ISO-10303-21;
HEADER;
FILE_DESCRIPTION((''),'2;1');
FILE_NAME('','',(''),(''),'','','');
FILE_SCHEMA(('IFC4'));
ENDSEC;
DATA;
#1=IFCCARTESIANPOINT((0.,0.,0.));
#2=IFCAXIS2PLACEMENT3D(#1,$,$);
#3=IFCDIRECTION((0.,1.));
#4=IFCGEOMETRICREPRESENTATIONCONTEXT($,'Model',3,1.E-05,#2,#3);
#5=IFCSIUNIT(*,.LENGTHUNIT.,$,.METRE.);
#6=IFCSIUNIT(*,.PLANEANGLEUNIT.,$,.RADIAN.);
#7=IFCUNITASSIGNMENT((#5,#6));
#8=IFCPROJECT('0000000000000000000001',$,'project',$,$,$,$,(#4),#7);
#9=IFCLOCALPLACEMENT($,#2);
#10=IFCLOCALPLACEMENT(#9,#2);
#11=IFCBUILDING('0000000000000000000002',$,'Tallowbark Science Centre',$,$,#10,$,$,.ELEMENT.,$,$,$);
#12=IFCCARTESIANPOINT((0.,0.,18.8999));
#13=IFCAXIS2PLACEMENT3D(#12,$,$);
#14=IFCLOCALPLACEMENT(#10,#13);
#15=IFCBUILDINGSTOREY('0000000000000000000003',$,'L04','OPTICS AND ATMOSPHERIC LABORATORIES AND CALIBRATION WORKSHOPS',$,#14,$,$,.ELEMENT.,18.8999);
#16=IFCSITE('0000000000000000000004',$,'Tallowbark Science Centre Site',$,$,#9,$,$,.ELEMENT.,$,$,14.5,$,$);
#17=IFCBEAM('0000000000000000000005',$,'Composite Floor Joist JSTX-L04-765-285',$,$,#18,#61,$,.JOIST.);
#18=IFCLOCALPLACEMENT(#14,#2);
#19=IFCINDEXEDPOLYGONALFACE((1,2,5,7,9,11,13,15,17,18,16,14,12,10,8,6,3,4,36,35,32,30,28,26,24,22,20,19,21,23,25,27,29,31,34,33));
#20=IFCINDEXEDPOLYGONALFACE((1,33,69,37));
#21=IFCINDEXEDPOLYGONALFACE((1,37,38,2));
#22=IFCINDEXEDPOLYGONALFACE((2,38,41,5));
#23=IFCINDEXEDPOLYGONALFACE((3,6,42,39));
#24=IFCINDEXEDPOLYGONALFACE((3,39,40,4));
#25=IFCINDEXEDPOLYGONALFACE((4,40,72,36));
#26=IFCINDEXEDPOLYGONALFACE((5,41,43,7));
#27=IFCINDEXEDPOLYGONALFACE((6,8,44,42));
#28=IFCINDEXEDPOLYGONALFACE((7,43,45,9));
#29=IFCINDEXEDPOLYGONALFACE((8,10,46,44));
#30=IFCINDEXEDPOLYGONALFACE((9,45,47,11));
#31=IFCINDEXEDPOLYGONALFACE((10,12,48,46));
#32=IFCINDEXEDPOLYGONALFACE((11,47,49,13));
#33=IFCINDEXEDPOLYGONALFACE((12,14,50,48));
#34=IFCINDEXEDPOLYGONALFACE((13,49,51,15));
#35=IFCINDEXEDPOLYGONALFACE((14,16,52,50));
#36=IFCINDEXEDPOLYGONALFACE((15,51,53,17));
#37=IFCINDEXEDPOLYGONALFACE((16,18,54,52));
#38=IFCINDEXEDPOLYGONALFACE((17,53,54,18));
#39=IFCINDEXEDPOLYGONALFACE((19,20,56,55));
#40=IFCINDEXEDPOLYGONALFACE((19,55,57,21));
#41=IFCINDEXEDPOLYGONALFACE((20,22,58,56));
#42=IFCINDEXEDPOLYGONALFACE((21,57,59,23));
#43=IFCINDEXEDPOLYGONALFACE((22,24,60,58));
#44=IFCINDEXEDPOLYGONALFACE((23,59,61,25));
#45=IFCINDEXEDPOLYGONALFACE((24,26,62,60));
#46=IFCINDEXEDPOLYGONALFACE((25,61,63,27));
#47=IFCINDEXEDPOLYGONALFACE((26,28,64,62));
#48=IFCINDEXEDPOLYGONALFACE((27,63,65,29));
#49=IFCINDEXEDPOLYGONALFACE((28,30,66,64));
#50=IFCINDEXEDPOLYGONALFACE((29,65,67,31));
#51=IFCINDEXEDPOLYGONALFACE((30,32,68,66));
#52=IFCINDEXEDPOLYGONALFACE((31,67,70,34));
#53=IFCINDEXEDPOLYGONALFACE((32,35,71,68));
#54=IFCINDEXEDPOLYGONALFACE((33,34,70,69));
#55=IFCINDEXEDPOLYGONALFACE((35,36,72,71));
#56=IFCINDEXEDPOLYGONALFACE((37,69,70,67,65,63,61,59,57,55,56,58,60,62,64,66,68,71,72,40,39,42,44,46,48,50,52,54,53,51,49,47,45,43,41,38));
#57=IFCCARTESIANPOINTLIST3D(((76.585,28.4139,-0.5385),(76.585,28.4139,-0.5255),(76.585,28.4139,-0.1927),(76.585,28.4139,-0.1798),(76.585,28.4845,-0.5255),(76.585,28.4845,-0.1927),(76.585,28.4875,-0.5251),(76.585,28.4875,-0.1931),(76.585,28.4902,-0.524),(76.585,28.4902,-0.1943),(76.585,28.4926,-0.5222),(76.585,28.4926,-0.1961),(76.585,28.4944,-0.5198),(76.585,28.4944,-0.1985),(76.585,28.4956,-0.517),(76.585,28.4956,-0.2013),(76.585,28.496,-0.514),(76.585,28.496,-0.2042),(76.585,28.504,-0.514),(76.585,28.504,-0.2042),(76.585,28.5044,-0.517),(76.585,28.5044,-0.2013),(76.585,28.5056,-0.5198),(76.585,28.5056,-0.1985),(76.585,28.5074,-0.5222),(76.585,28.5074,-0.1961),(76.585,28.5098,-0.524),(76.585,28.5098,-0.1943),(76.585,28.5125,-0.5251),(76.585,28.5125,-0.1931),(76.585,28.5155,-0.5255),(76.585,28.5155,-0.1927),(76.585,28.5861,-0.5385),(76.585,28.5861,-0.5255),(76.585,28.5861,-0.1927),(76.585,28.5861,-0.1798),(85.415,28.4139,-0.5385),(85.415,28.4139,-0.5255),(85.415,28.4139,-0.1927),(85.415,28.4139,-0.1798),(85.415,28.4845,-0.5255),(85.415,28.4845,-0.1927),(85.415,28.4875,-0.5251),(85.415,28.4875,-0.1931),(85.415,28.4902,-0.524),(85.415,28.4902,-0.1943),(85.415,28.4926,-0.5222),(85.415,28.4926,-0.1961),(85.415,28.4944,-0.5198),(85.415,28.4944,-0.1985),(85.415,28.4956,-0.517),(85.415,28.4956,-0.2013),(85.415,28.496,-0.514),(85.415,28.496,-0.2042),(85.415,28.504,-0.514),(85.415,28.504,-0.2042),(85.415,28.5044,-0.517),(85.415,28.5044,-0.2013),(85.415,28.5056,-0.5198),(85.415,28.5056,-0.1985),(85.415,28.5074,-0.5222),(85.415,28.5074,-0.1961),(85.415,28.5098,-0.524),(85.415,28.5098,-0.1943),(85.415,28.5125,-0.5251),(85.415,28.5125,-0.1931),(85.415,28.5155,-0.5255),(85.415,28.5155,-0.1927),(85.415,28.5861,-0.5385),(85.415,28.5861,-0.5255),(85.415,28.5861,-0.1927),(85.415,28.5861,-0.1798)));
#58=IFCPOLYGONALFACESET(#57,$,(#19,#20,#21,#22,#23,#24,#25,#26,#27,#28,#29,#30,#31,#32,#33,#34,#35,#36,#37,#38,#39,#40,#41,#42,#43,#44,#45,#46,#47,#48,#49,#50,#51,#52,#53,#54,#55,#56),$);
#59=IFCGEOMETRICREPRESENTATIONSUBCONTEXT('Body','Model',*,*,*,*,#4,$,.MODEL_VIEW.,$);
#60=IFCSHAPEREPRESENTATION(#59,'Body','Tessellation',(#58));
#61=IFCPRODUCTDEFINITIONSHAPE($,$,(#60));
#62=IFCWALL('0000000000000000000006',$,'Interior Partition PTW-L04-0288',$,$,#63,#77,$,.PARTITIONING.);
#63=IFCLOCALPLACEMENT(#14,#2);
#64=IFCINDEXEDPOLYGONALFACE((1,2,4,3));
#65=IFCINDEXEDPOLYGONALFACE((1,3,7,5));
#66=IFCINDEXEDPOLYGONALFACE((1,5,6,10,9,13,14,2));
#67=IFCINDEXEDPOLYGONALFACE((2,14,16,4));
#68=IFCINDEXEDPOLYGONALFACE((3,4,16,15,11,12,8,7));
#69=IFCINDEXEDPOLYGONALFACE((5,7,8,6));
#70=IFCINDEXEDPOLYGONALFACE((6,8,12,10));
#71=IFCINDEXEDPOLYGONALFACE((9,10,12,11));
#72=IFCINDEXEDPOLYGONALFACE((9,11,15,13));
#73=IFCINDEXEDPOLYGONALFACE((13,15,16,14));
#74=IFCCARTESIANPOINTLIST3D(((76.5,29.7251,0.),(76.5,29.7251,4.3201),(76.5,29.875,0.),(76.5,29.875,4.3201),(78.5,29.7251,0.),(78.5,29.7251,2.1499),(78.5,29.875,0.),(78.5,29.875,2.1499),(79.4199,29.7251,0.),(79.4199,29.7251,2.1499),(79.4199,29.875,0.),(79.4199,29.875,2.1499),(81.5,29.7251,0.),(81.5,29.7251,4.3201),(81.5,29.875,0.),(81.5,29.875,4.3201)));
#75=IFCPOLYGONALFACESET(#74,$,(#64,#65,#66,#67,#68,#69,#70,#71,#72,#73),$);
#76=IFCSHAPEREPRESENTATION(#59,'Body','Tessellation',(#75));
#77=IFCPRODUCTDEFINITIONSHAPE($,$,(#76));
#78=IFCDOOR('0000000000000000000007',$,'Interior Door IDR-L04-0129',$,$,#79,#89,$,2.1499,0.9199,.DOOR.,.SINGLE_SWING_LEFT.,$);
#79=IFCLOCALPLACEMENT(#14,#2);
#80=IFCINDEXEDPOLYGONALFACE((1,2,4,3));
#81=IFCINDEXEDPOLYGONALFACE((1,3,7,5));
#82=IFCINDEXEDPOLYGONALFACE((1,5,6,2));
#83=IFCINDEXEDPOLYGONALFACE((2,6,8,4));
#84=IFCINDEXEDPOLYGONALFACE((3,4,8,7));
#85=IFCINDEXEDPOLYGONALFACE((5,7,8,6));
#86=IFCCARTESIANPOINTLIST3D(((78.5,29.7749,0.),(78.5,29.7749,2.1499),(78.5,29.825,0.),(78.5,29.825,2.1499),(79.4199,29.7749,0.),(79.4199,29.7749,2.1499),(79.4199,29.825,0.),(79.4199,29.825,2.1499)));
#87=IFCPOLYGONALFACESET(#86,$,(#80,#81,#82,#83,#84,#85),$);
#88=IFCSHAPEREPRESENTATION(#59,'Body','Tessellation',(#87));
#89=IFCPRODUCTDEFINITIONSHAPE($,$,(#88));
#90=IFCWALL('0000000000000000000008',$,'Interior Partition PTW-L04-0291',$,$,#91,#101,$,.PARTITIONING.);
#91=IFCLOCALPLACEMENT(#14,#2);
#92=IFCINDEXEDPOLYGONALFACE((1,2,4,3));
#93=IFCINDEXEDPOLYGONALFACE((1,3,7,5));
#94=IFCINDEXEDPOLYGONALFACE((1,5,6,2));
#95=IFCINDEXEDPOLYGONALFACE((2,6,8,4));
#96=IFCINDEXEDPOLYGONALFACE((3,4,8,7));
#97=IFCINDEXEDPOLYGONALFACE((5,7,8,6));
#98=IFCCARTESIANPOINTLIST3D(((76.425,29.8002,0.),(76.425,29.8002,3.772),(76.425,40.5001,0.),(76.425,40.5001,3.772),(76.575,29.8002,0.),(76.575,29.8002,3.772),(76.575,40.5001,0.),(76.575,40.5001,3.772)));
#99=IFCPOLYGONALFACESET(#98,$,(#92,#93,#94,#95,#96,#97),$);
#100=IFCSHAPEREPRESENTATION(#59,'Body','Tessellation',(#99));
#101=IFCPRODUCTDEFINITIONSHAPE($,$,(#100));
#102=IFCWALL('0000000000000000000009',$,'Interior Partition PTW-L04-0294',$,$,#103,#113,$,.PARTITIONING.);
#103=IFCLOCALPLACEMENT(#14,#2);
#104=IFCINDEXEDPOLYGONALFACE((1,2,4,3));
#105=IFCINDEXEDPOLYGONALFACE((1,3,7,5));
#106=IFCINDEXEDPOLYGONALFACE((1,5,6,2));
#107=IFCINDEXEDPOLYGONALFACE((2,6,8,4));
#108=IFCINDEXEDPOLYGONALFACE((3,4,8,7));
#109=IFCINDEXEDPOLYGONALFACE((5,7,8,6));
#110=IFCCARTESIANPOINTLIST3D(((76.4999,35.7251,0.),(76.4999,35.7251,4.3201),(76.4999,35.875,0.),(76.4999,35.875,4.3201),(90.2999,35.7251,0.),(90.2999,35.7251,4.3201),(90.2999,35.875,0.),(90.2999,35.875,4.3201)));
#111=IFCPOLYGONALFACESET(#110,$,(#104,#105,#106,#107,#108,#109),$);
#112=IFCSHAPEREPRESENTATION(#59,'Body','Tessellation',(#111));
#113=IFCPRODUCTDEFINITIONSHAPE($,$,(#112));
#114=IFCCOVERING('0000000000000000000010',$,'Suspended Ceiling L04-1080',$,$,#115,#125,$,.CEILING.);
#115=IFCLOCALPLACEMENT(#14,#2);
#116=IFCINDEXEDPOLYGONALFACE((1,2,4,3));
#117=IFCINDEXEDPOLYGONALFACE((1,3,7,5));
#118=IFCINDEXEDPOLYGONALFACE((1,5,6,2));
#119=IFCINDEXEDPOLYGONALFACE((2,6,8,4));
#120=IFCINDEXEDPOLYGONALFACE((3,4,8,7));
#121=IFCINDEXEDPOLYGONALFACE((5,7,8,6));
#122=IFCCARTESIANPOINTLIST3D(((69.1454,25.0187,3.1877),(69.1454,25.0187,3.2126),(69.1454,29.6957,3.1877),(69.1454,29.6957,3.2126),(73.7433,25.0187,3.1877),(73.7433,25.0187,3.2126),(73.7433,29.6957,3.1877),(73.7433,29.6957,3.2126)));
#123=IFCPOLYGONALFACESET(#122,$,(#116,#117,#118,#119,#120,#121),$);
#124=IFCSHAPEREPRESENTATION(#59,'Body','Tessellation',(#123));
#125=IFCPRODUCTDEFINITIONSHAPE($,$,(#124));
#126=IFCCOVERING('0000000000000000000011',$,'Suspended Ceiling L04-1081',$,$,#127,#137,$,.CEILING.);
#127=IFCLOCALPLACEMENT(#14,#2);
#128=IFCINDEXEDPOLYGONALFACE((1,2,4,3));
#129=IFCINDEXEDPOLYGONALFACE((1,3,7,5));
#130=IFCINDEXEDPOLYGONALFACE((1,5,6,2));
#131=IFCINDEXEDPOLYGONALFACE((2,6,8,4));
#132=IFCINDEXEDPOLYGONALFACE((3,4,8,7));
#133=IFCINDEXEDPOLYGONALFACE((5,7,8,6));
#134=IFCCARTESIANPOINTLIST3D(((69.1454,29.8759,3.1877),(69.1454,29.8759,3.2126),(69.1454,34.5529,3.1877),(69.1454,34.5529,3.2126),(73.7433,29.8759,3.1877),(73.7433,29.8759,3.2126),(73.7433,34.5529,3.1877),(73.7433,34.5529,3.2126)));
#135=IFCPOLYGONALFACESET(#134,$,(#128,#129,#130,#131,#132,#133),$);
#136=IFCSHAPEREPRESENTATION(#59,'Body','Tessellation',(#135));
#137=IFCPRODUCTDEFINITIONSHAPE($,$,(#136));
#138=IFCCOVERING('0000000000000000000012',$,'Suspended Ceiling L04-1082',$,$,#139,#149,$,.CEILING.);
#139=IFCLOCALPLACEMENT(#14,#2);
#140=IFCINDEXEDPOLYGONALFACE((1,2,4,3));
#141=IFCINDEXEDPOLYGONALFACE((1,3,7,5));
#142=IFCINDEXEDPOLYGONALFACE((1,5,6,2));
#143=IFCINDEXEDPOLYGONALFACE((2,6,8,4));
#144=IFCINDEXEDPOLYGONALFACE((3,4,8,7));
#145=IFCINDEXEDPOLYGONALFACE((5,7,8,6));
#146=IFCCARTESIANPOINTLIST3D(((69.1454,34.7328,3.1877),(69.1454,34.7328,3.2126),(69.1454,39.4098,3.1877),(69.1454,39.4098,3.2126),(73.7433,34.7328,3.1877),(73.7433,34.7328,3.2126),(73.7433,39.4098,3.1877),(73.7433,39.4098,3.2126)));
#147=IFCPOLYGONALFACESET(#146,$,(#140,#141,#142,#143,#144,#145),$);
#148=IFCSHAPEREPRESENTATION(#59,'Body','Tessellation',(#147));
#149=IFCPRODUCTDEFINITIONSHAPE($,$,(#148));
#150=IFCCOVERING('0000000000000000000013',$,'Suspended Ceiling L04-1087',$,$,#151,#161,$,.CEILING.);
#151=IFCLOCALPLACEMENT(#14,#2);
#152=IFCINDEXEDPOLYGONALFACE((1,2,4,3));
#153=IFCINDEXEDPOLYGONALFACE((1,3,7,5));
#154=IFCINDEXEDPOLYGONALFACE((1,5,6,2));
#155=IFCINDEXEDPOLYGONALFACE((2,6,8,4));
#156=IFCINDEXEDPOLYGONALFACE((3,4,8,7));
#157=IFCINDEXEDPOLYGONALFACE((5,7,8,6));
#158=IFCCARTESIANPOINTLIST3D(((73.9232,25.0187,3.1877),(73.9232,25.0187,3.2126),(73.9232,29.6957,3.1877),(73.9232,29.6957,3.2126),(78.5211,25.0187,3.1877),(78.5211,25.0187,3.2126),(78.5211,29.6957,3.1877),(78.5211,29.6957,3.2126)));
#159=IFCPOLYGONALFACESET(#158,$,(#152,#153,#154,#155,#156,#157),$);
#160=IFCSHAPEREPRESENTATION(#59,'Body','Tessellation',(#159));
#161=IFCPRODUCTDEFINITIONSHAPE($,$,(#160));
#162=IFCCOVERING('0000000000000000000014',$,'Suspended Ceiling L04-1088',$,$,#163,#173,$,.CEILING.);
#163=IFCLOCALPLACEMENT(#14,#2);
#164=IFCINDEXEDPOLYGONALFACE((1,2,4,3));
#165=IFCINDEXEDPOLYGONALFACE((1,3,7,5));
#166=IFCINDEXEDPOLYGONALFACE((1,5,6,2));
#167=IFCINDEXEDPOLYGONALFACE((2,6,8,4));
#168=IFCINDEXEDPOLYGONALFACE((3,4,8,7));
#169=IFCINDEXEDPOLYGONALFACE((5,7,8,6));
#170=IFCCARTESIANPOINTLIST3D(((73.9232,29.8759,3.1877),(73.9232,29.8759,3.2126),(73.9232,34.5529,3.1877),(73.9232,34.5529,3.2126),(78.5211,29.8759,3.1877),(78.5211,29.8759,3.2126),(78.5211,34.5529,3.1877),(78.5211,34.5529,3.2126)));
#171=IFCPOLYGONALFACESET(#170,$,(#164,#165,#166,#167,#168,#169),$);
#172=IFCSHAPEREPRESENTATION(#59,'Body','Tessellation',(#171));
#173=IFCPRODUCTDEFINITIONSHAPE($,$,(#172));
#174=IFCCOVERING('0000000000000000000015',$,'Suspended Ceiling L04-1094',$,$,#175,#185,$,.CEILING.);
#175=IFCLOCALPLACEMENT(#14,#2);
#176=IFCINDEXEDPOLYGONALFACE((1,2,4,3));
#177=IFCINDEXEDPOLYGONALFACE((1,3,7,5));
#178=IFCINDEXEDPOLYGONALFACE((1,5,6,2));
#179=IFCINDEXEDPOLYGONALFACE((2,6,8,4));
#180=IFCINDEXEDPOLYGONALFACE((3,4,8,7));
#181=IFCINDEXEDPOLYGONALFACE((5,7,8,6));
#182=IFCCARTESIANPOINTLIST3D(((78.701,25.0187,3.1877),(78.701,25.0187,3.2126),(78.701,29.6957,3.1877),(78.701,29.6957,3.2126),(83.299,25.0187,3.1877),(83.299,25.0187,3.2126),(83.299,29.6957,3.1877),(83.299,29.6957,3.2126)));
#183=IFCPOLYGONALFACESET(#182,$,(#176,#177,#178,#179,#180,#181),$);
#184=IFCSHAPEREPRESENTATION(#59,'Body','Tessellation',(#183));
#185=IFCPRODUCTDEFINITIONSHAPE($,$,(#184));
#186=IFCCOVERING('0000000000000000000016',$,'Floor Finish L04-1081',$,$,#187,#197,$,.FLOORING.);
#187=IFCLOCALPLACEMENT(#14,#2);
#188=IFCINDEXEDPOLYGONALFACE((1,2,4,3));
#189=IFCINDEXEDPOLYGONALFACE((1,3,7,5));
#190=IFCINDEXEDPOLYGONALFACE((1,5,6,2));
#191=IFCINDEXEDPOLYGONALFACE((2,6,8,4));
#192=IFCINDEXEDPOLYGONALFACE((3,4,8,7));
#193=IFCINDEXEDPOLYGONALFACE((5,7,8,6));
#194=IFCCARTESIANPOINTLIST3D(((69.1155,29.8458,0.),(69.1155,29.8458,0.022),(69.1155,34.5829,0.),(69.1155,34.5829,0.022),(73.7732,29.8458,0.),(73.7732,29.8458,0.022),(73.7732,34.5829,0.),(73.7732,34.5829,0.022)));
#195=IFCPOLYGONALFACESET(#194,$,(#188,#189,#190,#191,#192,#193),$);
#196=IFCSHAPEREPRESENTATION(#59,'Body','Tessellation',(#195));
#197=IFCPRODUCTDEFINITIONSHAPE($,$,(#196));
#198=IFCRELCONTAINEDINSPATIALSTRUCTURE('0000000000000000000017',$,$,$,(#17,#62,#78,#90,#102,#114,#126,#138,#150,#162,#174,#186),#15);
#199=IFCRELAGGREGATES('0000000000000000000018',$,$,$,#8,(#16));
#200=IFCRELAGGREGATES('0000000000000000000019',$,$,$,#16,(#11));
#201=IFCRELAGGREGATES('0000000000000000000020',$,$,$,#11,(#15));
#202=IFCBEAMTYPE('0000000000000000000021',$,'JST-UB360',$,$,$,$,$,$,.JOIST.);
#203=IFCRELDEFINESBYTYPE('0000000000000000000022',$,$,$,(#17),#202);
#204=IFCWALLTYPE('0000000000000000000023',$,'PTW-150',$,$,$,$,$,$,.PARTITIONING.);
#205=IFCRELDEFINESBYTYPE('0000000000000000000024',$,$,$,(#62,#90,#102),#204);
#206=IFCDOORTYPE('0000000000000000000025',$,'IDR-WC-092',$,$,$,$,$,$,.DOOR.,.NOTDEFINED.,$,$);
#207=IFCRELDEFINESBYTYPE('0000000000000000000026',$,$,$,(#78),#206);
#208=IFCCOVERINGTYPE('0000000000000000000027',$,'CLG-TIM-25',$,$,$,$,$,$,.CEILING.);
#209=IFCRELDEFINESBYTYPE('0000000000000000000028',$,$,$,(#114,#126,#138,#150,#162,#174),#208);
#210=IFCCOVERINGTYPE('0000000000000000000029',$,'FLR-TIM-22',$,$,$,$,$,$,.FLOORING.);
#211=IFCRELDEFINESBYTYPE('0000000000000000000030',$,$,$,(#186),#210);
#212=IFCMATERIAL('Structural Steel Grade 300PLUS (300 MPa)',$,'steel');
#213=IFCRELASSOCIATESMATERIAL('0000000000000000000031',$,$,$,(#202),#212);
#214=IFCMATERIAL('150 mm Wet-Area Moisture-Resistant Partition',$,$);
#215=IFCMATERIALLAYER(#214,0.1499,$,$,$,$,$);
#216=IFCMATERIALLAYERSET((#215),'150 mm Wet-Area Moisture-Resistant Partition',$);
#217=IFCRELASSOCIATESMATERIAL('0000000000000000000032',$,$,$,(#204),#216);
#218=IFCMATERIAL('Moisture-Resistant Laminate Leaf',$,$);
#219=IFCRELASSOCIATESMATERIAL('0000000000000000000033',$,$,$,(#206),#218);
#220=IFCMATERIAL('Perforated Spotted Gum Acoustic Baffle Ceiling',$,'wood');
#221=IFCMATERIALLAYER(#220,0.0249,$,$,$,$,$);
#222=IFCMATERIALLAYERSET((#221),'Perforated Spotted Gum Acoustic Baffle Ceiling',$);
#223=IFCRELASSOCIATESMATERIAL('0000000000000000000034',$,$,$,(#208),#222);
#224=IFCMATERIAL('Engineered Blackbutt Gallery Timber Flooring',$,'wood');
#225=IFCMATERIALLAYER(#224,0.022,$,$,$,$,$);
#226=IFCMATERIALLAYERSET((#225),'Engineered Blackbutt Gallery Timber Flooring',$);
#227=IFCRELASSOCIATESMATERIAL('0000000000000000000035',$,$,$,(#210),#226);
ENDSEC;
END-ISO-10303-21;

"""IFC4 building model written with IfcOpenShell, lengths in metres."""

from ifc_helpers import new_model, si_unit, direction, frame, frame_2d, origin, origin_2d, place, context, subcontext, project, spatial, rectangle, i_section, extrude, material, layer, layer_set, material_profile, profile_set, type_object, element, fill, save


model = new_model("IFC4")

# Units and contexts
model_context = context("Model", 3, precision=1e-05, world=origin(), true_north=direction((0.0, 1.0)))
body_context = subcontext(model_context, "Body", "Model", "MODEL_VIEW")
ifc_project = project(units=[si_unit("LENGTHUNIT", "METRE"), si_unit("PLANEANGLEUNIT", "RADIAN")], contexts=[model_context])

# Site, building, storey
site_placement = place(None, origin())
site = spatial("IfcSite", under=ifc_project, at=site_placement, Name="Tallowbark Science Centre Site", CompositionType="ELEMENT", RefElevation=14.5)
building_placement = place(site_placement, origin())
building = spatial("IfcBuilding", under=site, at=building_placement, Name="Tallowbark Science Centre", CompositionType="ELEMENT")
storey_placement = place(building_placement, frame((0.0, 0.0, 18.8999)))
storey = spatial("IfcBuildingStorey", under=building, at=storey_placement, Name="L04", Description="OPTICS AND ATMOSPHERIC LABORATORIES AND CALIBRATION WORKSHOPS", CompositionType="ELEMENT", Elevation=18.8999)

# Shared definitions
ifc_material_1 = material(Name="Structural Steel Grade 300PLUS (300 MPa)", Category="steel")

# Beam
ifc_material_profile_1 = material_profile(ifc_material_1, i_section(OverallWidth=0.1721, OverallDepth=0.3586, WebThickness=0.0081, FlangeThickness=0.0129, FilletRadius=0.0115, at=origin_2d()), Name="360UB56.7")
ifc_profile_set_1 = profile_set([ifc_material_profile_1], Name="Structural Steel Grade 300PLUS (300 MPa)")
beam_type_1 = type_object("IfcBeamType", Name="JST-UB360", PredefinedType="JOIST", material=ifc_profile_set_1)
beam_1_placement = place(storey_placement, frame((76.585, 28.5, -0.3591), z_axis=(1.0, 0.0, 0.0), x_axis=(0.0, 1.0, 0.0)))
element("IfcBeam", 1, at=beam_1_placement, inside=storey, type_object=beam_type_1, Name="Composite Floor Joist JSTX-L04-765-285", PredefinedType="JOIST", context=body_context, shape_type="SweptSolid", body=[
    extrude(i_section(OverallWidth=0.1721, OverallDepth=0.3586, WebThickness=0.0081, FlangeThickness=0.0129, FilletRadius=0.0115, at=origin_2d()), origin(), (0.0, 0.0, 1.0), 8.8301),
])

# Wall, opening, door
ifc_material_2 = material(Name="150 mm Wet-Area Moisture-Resistant Partition")
ifc_layer_1 = layer(ifc_material_2, 0.1499)
ifc_layer_set_1 = layer_set([ifc_layer_1], Name="150 mm Wet-Area Moisture-Resistant Partition")
wall_type = type_object("IfcWallType", Name="PTW-150", PredefinedType="PARTITIONING", material=ifc_layer_set_1)
wall_1_placement = place(storey_placement, frame((76.5, 29.8, 0.0), z_axis=(0.0, 0.0, 1.0), x_axis=(1.0, 0.0, 0.0)))
wall_1 = element("IfcWall", 2, at=wall_1_placement, inside=storey, type_object=wall_type, Name="Interior Partition PTW-L04-0288", PredefinedType="PARTITIONING", context=body_context, shape_type="SweptSolid", body=[
    extrude(rectangle(XDim=5.0, YDim=0.1499, at=frame_2d((2.5, 0.0))), origin(), (0.0, 0.0, 1.0), 4.3201),
])
opening_placement = place(wall_1_placement, frame((2.0, 0.0, 0.0)))
opening = element("IfcOpeningElement", 3, at=opening_placement, cuts=wall_1, PredefinedType="OPENING", context=body_context, shape_type="SweptSolid", body=[
    extrude(rectangle(XDim=0.9199, YDim=2.1499, at=frame_2d((0.46, 1.075))), frame((0.0, 0.085, 0.0), z_axis=(0.0, -1.0, 0.0), x_axis=(1.0, 0.0, 0.0)), (0.0, 0.0, 1.0), 0.1699),
])
ifc_material_3 = material(Name="Moisture-Resistant Laminate Leaf")
door_type = type_object("IfcDoorType", Name="IDR-WC-092", OperationType="NOTDEFINED", PredefinedType="DOOR", material=ifc_material_3)
door_placement = place(opening_placement, origin())
door = element("IfcDoor", 4, at=door_placement, inside=storey, type_object=door_type, Name="Interior Door IDR-L04-0129", OperationType="SINGLE_SWING_LEFT", OverallHeight=2.1499, OverallWidth=0.9199, PredefinedType="DOOR", context=body_context, shape_type="SweptSolid", body=[
    extrude(rectangle(XDim=0.9199, YDim=2.1499, at=frame_2d((0.46, 1.075))), frame((0.0, 0.0249, 0.0), z_axis=(0.0, -1.0, 0.0), x_axis=(1.0, 0.0, 0.0)), (0.0, 0.0, 1.0), 0.05),
])
fill(opening, door)

# Walls
wall_2_placement = place(storey_placement, frame((76.5, 29.8, 0.0), z_axis=(0.0, 0.0, 1.0), x_axis=(0.0, 1.0, 0.0)))
element("IfcWall", 5, at=wall_2_placement, inside=storey, type_object=wall_type, Name="Interior Partition PTW-L04-0291", PredefinedType="PARTITIONING", context=body_context, shape_type="SweptSolid", body=[
    extrude(rectangle(XDim=10.7, YDim=0.1499, at=frame_2d((5.3501, 0.0))), origin(), (0.0, 0.0, 1.0), 3.772),
])
wall_3_placement = place(storey_placement, frame((76.5, 35.8, 0.0), z_axis=(0.0, 0.0, 1.0), x_axis=(1.0, 0.0, 0.0)))
element("IfcWall", 6, at=wall_3_placement, inside=storey, type_object=wall_type, Name="Interior Partition PTW-L04-0294", PredefinedType="PARTITIONING", context=body_context, shape_type="SweptSolid", body=[
    extrude(rectangle(XDim=13.8, YDim=0.1499, at=frame_2d((6.8999, 0.0))), origin(), (0.0, 0.0, 1.0), 4.3201),
])

# Coverings
ifc_material_4 = material(Name="Perforated Spotted Gum Acoustic Baffle Ceiling", Category="wood")
ifc_layer_2 = layer(ifc_material_4, 0.0249)
ifc_layer_set_2 = layer_set([ifc_layer_2], Name="Perforated Spotted Gum Acoustic Baffle Ceiling")
covering_type_1 = type_object("IfcCoveringType", Name="CLG-TIM-25", PredefinedType="CEILING", material=ifc_layer_set_2)
for number, where, z_axis, x_axis, name in (
    (7, (71.4443, 27.3572, 3.1877), (0.0, 0.0, 1.0), (1.0, 0.0, 0.0), "Suspended Ceiling L04-1080"),
    (8, (71.4443, 32.2144, 3.1877), (0.0, 0.0, 1.0), (1.0, 0.0, 0.0), "Suspended Ceiling L04-1081"),
    (9, (71.4443, 37.0713, 3.1877), (0.0, 0.0, 1.0), (1.0, 0.0, 0.0), "Suspended Ceiling L04-1082"),
    (10, (76.2222, 27.3572, 3.1877), (0.0, 0.0, 1.0), (1.0, 0.0, 0.0), "Suspended Ceiling L04-1087"),
    (11, (76.2222, 32.2144, 3.1877), (0.0, 0.0, 1.0), (1.0, 0.0, 0.0), "Suspended Ceiling L04-1088"),
    (12, (81.0, 27.3572, 3.1877), (0.0, 0.0, 1.0), (1.0, 0.0, 0.0), "Suspended Ceiling L04-1094"),
):
    element("IfcCovering", number, at=place(storey_placement, frame(where, z_axis=z_axis, x_axis=x_axis)), inside=storey, type_object=covering_type_1, Name=name, PredefinedType="CEILING", context=body_context, shape_type="SweptSolid", body=[
        extrude(rectangle(XDim=4.5979, YDim=4.677, at=origin_2d()), origin(), (0.0, 0.0, 1.0), 0.0249),
    ])
ifc_material_5 = material(Name="Engineered Blackbutt Gallery Timber Flooring", Category="wood")
ifc_layer_3 = layer(ifc_material_5, 0.022)
ifc_layer_set_3 = layer_set([ifc_layer_3], Name="Engineered Blackbutt Gallery Timber Flooring")
covering_type_2 = type_object("IfcCoveringType", Name="FLR-TIM-22", PredefinedType="FLOORING", material=ifc_layer_set_3)
for number, where, z_axis, x_axis, name in (
    (13, (71.4443, 32.2144, 0.0), (0.0, 0.0, 1.0), (1.0, 0.0, 0.0), "Floor Finish L04-1081"),
):
    element("IfcCovering", number, at=place(storey_placement, frame(where, z_axis=z_axis, x_axis=x_axis)), inside=storey, type_object=covering_type_2, Name=name, PredefinedType="FLOORING", context=body_context, shape_type="SweptSolid", body=[
        extrude(rectangle(XDim=4.6577, YDim=4.7371, at=origin_2d()), origin(), (0.0, 0.0, 1.0), 0.022),
    ])

save(model, "model.ifc")
